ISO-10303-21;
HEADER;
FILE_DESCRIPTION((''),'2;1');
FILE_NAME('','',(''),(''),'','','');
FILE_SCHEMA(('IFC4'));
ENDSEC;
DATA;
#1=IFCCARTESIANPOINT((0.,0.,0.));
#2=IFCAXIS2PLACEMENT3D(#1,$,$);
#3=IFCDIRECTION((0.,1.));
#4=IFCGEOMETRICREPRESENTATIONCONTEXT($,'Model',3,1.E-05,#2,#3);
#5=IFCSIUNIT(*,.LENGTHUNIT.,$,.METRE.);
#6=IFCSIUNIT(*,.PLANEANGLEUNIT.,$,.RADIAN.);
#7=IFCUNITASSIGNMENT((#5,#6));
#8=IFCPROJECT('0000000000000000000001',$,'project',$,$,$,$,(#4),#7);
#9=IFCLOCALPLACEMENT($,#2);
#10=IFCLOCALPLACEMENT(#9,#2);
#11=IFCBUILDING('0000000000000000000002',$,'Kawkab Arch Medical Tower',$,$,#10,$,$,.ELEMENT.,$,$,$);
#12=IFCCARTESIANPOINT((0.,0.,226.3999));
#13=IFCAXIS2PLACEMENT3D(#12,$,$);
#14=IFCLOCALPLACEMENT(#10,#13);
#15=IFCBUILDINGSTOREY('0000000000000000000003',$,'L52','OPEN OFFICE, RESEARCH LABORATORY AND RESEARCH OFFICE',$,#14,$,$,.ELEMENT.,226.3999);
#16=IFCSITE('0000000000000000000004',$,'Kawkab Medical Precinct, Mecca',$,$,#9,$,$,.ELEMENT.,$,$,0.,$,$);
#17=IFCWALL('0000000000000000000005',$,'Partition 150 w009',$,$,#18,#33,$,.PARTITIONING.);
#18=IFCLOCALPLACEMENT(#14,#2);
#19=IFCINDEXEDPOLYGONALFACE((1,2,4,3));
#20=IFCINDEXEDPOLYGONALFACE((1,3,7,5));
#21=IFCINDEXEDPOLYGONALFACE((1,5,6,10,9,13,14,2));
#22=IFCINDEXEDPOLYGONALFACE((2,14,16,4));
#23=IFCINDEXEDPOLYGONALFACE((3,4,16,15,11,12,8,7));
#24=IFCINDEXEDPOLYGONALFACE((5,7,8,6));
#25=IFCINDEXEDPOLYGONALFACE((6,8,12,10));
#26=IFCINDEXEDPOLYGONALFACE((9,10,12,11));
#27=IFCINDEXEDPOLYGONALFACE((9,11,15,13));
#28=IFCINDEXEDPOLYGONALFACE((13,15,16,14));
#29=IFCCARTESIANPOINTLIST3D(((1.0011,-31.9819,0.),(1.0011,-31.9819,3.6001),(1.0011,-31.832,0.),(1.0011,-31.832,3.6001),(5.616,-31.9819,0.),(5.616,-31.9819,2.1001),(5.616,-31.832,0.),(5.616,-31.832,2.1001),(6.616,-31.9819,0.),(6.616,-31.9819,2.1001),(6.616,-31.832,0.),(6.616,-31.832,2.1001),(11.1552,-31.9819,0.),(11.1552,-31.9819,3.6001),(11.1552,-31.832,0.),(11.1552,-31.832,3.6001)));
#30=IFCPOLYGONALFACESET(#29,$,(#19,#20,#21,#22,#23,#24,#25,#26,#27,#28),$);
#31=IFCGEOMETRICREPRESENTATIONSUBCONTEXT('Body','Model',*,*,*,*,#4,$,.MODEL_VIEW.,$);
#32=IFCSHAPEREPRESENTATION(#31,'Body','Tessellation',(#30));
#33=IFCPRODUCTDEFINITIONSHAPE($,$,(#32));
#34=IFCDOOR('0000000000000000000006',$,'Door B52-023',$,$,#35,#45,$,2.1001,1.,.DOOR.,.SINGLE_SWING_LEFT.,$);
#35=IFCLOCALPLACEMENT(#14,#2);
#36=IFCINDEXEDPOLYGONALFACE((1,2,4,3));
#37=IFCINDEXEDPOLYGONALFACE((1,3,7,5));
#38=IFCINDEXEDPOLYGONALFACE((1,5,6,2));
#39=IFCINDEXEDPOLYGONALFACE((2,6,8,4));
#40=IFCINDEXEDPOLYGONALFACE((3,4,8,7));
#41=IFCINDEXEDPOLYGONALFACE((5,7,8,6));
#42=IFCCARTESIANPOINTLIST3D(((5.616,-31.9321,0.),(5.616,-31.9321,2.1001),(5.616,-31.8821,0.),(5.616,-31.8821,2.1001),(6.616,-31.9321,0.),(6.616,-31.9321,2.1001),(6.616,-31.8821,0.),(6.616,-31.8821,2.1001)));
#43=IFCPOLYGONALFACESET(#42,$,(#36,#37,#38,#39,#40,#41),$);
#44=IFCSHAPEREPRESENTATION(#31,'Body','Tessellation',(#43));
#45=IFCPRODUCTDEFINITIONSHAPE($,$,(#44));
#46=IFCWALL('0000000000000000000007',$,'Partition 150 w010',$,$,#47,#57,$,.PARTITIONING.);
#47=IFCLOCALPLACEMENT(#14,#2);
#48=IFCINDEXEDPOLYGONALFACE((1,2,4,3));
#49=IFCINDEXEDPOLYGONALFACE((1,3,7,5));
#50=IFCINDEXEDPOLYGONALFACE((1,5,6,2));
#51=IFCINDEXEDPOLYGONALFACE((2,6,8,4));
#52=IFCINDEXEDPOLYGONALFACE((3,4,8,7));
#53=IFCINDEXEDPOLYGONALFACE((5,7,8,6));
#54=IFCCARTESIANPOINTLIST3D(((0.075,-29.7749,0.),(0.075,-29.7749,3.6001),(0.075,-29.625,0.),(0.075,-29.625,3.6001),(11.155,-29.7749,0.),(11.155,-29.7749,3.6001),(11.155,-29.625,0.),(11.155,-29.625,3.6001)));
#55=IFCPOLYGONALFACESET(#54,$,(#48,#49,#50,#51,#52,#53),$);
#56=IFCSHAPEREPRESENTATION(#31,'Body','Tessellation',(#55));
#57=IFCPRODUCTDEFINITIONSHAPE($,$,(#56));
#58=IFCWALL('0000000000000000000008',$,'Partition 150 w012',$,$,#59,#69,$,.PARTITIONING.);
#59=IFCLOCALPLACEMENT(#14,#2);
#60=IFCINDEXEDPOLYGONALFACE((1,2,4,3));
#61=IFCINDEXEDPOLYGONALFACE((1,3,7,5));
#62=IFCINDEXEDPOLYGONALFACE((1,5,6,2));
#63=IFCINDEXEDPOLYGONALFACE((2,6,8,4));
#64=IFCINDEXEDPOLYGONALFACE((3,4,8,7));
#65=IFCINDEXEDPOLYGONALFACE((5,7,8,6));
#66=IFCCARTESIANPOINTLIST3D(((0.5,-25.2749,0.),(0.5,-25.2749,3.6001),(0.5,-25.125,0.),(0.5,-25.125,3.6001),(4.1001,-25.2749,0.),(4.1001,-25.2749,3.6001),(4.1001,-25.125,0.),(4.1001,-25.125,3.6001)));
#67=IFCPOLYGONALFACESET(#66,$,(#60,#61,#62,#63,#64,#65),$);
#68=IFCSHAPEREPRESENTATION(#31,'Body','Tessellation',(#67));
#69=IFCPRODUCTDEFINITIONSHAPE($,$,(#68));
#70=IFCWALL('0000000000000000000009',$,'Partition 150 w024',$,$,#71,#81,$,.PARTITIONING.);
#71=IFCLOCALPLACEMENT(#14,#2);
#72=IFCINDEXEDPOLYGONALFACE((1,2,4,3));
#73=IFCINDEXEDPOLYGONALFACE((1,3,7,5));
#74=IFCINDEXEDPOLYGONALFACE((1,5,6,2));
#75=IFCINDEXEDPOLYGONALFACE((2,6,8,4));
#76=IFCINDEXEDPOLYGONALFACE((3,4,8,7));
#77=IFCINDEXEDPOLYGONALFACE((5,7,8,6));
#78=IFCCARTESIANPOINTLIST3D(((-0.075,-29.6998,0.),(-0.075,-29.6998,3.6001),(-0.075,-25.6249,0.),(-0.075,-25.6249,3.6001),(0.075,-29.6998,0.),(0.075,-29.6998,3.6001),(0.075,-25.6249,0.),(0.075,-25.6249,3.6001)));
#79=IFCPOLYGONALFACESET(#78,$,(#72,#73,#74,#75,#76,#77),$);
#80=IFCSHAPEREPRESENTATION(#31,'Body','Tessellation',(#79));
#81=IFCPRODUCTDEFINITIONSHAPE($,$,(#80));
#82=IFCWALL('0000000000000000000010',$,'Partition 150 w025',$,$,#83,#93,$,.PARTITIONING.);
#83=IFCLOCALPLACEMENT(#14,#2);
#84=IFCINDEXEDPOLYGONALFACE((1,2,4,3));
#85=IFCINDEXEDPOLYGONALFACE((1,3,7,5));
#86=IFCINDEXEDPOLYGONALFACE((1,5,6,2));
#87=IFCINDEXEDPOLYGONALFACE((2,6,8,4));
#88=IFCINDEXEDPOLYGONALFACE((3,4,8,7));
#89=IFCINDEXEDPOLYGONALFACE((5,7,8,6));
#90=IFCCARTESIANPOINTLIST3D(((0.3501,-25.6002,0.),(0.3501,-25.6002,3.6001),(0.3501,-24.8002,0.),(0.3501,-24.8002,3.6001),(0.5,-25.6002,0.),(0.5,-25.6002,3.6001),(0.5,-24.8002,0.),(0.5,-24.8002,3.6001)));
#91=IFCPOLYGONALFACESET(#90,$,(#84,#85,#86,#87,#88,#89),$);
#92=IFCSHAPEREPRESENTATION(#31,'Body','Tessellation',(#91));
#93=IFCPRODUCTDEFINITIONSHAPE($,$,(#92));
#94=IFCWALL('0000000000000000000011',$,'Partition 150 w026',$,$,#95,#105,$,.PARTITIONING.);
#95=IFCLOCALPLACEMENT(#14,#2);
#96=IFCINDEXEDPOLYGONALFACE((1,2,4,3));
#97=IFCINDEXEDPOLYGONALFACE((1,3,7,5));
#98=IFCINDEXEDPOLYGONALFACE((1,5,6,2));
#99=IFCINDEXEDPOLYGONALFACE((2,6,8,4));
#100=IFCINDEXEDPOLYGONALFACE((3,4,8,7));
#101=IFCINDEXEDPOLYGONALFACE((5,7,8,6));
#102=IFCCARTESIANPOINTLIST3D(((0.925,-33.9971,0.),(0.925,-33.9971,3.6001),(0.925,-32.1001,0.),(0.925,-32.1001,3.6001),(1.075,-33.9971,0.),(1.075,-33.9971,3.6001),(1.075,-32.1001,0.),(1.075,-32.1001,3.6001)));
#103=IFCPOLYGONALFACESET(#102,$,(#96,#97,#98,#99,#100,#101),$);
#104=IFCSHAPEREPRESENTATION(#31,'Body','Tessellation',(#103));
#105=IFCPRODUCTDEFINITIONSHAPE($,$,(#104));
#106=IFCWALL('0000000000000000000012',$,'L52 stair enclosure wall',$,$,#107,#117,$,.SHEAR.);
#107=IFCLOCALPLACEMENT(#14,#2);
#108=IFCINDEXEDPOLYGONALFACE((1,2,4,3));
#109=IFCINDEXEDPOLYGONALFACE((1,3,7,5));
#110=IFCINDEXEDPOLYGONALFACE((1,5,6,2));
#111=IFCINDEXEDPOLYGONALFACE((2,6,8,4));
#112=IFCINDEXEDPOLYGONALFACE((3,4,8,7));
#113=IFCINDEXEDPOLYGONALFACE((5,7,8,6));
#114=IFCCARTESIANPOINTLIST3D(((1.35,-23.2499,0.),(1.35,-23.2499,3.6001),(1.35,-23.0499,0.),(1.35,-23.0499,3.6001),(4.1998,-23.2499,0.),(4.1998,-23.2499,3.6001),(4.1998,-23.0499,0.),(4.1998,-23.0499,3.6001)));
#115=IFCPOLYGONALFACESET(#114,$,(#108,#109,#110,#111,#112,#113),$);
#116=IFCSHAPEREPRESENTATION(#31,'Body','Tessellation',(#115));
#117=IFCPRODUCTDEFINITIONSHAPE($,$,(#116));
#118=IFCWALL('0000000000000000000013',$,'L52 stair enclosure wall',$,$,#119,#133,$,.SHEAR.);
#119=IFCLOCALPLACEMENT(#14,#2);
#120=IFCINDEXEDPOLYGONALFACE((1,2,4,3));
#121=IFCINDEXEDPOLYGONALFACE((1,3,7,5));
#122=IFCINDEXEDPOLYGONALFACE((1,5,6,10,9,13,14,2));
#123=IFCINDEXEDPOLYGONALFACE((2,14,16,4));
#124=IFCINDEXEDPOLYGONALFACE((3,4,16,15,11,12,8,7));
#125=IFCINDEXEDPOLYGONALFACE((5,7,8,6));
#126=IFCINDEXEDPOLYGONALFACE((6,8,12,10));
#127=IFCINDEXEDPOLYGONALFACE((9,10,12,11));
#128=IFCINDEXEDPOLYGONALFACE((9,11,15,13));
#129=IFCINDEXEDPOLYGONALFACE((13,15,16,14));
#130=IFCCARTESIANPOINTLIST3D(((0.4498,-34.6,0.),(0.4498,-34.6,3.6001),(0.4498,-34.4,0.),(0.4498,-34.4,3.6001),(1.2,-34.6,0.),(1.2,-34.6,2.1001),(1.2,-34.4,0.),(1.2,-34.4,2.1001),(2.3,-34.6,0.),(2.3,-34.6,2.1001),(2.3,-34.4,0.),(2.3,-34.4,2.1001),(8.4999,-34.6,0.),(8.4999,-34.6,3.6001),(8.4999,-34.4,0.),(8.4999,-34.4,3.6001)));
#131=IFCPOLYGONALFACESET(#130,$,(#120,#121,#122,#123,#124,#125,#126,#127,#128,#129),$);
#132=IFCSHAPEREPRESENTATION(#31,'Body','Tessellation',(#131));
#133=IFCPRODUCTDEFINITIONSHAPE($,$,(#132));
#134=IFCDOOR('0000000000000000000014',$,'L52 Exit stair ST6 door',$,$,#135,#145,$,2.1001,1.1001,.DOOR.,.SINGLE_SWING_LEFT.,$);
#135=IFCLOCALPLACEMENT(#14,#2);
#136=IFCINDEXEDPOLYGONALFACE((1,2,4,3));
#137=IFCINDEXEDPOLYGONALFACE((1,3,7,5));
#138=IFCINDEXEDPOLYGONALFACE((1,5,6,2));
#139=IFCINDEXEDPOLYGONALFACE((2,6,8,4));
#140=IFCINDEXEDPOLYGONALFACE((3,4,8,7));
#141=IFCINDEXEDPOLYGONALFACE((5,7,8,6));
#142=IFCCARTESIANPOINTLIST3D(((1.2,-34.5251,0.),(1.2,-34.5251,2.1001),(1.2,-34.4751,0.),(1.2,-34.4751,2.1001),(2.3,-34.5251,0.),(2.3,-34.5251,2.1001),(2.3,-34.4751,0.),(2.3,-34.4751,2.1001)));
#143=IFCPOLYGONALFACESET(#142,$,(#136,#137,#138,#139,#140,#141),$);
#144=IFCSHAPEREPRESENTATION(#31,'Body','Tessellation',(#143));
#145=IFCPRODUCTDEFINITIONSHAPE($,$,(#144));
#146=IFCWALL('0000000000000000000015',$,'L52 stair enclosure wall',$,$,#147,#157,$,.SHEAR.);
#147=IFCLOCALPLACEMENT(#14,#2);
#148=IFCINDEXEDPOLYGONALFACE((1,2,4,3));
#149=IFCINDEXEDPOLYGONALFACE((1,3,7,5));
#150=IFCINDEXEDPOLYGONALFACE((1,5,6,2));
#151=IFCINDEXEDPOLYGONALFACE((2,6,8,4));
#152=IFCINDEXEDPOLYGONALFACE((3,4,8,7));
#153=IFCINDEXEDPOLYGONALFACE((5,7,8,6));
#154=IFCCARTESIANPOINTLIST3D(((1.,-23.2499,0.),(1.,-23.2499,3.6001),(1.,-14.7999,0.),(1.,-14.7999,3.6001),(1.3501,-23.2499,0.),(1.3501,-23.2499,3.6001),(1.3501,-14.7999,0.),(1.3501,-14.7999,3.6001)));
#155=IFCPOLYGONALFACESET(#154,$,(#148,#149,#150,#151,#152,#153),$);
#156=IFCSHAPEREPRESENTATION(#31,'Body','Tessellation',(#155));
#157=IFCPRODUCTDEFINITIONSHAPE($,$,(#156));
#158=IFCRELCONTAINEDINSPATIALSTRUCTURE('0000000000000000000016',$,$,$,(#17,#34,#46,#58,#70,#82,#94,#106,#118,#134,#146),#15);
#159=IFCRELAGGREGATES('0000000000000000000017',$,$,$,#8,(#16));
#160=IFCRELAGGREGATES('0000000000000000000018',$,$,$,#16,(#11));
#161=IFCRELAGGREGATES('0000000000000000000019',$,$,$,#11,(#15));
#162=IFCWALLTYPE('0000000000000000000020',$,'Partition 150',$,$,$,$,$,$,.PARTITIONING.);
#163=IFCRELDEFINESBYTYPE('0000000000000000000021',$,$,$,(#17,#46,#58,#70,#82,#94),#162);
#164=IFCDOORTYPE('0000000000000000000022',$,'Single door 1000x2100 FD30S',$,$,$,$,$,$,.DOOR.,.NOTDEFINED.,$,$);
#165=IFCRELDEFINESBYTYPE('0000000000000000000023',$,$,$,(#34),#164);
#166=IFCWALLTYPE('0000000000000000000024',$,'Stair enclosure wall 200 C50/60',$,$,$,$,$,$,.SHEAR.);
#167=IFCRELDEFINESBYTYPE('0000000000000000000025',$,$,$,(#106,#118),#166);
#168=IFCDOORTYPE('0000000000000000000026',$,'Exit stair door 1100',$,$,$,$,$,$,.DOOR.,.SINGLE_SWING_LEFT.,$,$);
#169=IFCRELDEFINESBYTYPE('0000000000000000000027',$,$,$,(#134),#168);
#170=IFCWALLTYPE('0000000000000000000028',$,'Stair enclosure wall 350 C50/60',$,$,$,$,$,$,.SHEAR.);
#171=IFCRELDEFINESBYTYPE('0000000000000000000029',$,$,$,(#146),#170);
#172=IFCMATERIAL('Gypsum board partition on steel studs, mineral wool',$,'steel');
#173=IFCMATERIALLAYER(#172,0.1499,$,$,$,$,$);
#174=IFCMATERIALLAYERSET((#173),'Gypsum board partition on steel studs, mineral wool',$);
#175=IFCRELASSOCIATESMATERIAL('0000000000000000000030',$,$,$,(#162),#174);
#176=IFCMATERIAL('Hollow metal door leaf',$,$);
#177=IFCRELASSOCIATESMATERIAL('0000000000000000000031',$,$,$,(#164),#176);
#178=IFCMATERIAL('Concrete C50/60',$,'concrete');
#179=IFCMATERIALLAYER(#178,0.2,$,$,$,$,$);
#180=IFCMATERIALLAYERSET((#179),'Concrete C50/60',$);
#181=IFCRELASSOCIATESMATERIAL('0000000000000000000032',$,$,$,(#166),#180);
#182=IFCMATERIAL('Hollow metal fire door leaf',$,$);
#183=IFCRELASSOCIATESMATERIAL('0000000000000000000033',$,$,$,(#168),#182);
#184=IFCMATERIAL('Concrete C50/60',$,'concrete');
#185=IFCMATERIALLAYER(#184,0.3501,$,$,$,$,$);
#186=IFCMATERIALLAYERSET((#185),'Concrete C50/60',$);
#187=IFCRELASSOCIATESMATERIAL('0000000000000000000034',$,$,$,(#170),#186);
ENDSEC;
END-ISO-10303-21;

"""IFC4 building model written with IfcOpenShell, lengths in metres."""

from ifc_helpers import new_model, si_unit, direction, frame, frame_2d, origin, place, context, subcontext, project, spatial, rectangle, extrude, material, layer, layer_set, type_object, element, fill, save


model = new_model("IFC4")

# Units and contexts
model_context = context("Model", 3, precision=1e-05, world=origin(), true_north=direction((0.0, 1.0)))
body_context = subcontext(model_context, "Body", "Model", "MODEL_VIEW")
ifc_project = project(units=[si_unit("LENGTHUNIT", "METRE"), si_unit("PLANEANGLEUNIT", "RADIAN")], contexts=[model_context])

# Site, building, storey
site_placement = place(None, origin())
site = spatial("IfcSite", under=ifc_project, at=site_placement, Name="Kawkab Medical Precinct, Mecca", CompositionType="ELEMENT", RefElevation=0.0)
building_placement = place(site_placement, origin())
building = spatial("IfcBuilding", under=site, at=building_placement, Name="Kawkab Arch Medical Tower", CompositionType="ELEMENT")
storey_placement = place(building_placement, frame((0.0, 0.0, 226.3999)))
storey = spatial("IfcBuildingStorey", under=building, at=storey_placement, Name="L52", Description="OPEN OFFICE, RESEARCH LABORATORY AND RESEARCH OFFICE", CompositionType="ELEMENT", Elevation=226.3999)

# Shared definitions
ifc_material_1 = material(Name="Gypsum board partition on steel studs, mineral wool", Category="steel")
ifc_layer_1 = layer(ifc_material_1, 0.1499)
ifc_layer_set_1 = layer_set([ifc_layer_1], Name="Gypsum board partition on steel studs, mineral wool")
wall_type_1 = type_object("IfcWallType", Name="Partition 150", PredefinedType="PARTITIONING", material=ifc_layer_set_1)

# Wall, opening, door
wall_1_placement = place(storey_placement, frame((1.001, -31.907, 0.0), z_axis=(0.0, 0.0, 1.0), x_axis=(1.0, 0.0, 0.0)))
wall_1 = element("IfcWall", 1, at=wall_1_placement, inside=storey, type_object=wall_type_1, Name="Partition 150 w009", PredefinedType="PARTITIONING", context=body_context, shape_type="SweptSolid", body=[
    extrude(rectangle(XDim=10.1541, YDim=0.1499, at=frame_2d((5.0771, 0.0))), origin(), (0.0, 0.0, 1.0), 3.6001),
])
opening_1_placement = place(wall_1_placement, frame((4.615, 0.0, 0.0)))
opening_1 = element("IfcOpeningElement", 2, at=opening_1_placement, cuts=wall_1, PredefinedType="OPENING", context=body_context, shape_type="SweptSolid", body=[
    extrude(rectangle(XDim=1.0, YDim=2.1001, at=frame_2d((0.5, 1.05))), frame((0.0, 0.085, 0.0), z_axis=(0.0, -1.0, 0.0), x_axis=(1.0, 0.0, 0.0)), (0.0, 0.0, 1.0), 0.1699),
])
ifc_material_2 = material(Name="Hollow metal door leaf")
door_type_1 = type_object("IfcDoorType", Name="Single door 1000x2100 FD30S", OperationType="NOTDEFINED", PredefinedType="DOOR", material=ifc_material_2)
door_1_placement = place(opening_1_placement, origin())
door_1 = element("IfcDoor", 3, at=door_1_placement, inside=storey, type_object=door_type_1, Name="Door B52-023", OperationType="SINGLE_SWING_LEFT", OverallHeight=2.1001, OverallWidth=1.0, PredefinedType="DOOR", context=body_context, shape_type="SweptSolid", body=[
    extrude(rectangle(XDim=1.0, YDim=2.1001, at=frame_2d((0.5, 1.05))), frame((0.0, 0.0249, 0.0), z_axis=(0.0, -1.0, 0.0), x_axis=(1.0, 0.0, 0.0)), (0.0, 0.0, 1.0), 0.05),
])
fill(opening_1, door_1)

# Walls
wall_2_placement = place(storey_placement, frame((0.075, -29.7, 0.0), z_axis=(0.0, 0.0, 1.0), x_axis=(1.0, 0.0, 0.0)))
element("IfcWall", 4, at=wall_2_placement, inside=storey, type_object=wall_type_1, Name="Partition 150 w010", PredefinedType="PARTITIONING", context=body_context, shape_type="SweptSolid", body=[
    extrude(rectangle(XDim=11.0801, YDim=0.1499, at=frame_2d((5.54, 0.0))), origin(), (0.0, 0.0, 1.0), 3.6001),
])
wall_3_placement = place(storey_placement, frame((0.5, -25.2, 0.0), z_axis=(0.0, 0.0, 1.0), x_axis=(1.0, 0.0, 0.0)))
element("IfcWall", 5, at=wall_3_placement, inside=storey, type_object=wall_type_1, Name="Partition 150 w012", PredefinedType="PARTITIONING", context=body_context, shape_type="SweptSolid", body=[
    extrude(rectangle(XDim=3.6001, YDim=0.1499, at=frame_2d((1.8, 0.0))), origin(), (0.0, 0.0, 1.0), 3.6001),
])
wall_4_placement = place(storey_placement, frame((0.0, -29.7, 0.0), z_axis=(0.0, 0.0, 1.0), x_axis=(0.0, 1.0, 0.0)))
element("IfcWall", 6, at=wall_4_placement, inside=storey, type_object=wall_type_1, Name="Partition 150 w024", PredefinedType="PARTITIONING", context=body_context, shape_type="SweptSolid", body=[
    extrude(rectangle(XDim=4.075, YDim=0.1499, at=frame_2d((2.0376, 0.0))), origin(), (0.0, 0.0, 1.0), 3.6001),
])
wall_5_placement = place(storey_placement, frame((0.425, -25.6001, 0.0), z_axis=(0.0, 0.0, 1.0), x_axis=(0.0, 1.0, 0.0)))
element("IfcWall", 7, at=wall_5_placement, inside=storey, type_object=wall_type_1, Name="Partition 150 w025", PredefinedType="PARTITIONING", context=body_context, shape_type="SweptSolid", body=[
    extrude(rectangle(XDim=0.8, YDim=0.1499, at=frame_2d((0.3999, 0.0))), origin(), (0.0, 0.0, 1.0), 3.6001),
])
wall_6_placement = place(storey_placement, frame((1.0, -33.9971, 0.0), z_axis=(0.0, 0.0, 1.0), x_axis=(0.0, 1.0, 0.0)))
element("IfcWall", 8, at=wall_6_placement, inside=storey, type_object=wall_type_1, Name="Partition 150 w026", PredefinedType="PARTITIONING", context=body_context, shape_type="SweptSolid", body=[
    extrude(rectangle(XDim=1.897, YDim=0.1499, at=frame_2d((0.9485, 0.0))), origin(), (0.0, 0.0, 1.0), 3.6001),
])
ifc_material_3 = material(Name="Concrete C50/60", Category="concrete")
ifc_layer_2 = layer(ifc_material_3, 0.2)
ifc_layer_set_2 = layer_set([ifc_layer_2], Name="Concrete C50/60")
wall_type_2 = type_object("IfcWallType", Name="Stair enclosure wall 200 C50/60", PredefinedType="SHEAR", material=ifc_layer_set_2)
wall_7_placement = place(storey_placement, frame((1.3501, -23.1499, 0.0), z_axis=(0.0, 0.0, 1.0), x_axis=(1.0, 0.0, 0.0)))
element("IfcWall", 9, at=wall_7_placement, inside=storey, type_object=wall_type_2, Name="L52 stair enclosure wall", PredefinedType="SHEAR", context=body_context, shape_type="SweptSolid", body=[
    extrude(rectangle(XDim=2.8499, YDim=0.2, at=frame_2d((1.4248, 0.0))), origin(), (0.0, 0.0, 1.0), 3.6001),
])

# Wall, opening, door
wall_8_placement = place(storey_placement, frame((0.45, -34.5, 0.0), z_axis=(0.0, 0.0, 1.0), x_axis=(1.0, 0.0, 0.0)))
wall_8 = element("IfcWall", 10, at=wall_8_placement, inside=storey, type_object=wall_type_2, Name="L52 stair enclosure wall", PredefinedType="SHEAR", context=body_context, shape_type="SweptSolid", body=[
    extrude(rectangle(XDim=8.05, YDim=0.2, at=frame_2d((4.0249, 0.0))), origin(), (0.0, 0.0, 1.0), 3.6001),
])
opening_2_placement = place(wall_8_placement, frame((0.75, 0.0, 0.0)))
opening_2 = element("IfcOpeningElement", 11, at=opening_2_placement, cuts=wall_8, PredefinedType="OPENING", context=body_context, shape_type="SweptSolid", body=[
    extrude(rectangle(XDim=1.1001, YDim=2.1001, at=frame_2d((0.55, 1.05))), frame((0.0, 0.1099, 0.0), z_axis=(0.0, -1.0, 0.0), x_axis=(1.0, 0.0, 0.0)), (0.0, 0.0, 1.0), 0.22),
])
ifc_material_4 = material(Name="Hollow metal fire door leaf")
door_type_2 = type_object("IfcDoorType", Name="Exit stair door 1100", OperationType="SINGLE_SWING_LEFT", PredefinedType="DOOR", material=ifc_material_4)
door_2_placement = place(opening_2_placement, origin())
door_2 = element("IfcDoor", 12, at=door_2_placement, inside=storey, type_object=door_type_2, Name="L52 Exit stair ST6 door", OperationType="SINGLE_SWING_LEFT", OverallHeight=2.1001, OverallWidth=1.1001, PredefinedType="DOOR", context=body_context, shape_type="SweptSolid", body=[
    extrude(rectangle(XDim=1.1001, YDim=2.1001, at=frame_2d((0.55, 1.05))), frame((0.0, 0.0249, 0.0), z_axis=(0.0, -1.0, 0.0), x_axis=(1.0, 0.0, 0.0)), (0.0, 0.0, 1.0), 0.05),
])
fill(opening_2, door_2)

# Wall
ifc_material_5 = material(Name="Concrete C50/60", Category="concrete")
ifc_layer_3 = layer(ifc_material_5, 0.3501)
ifc_layer_set_3 = layer_set([ifc_layer_3], Name="Concrete C50/60")
wall_type_3 = type_object("IfcWallType", Name="Stair enclosure wall 350 C50/60", PredefinedType="SHEAR", material=ifc_layer_set_3)
wall_9_placement = place(storey_placement, frame((1.175, -23.25, 0.0), z_axis=(0.0, 0.0, 1.0), x_axis=(0.0, 1.0, 0.0)))
element("IfcWall", 13, at=wall_9_placement, inside=storey, type_object=wall_type_3, Name="L52 stair enclosure wall", PredefinedType="SHEAR", context=body_context, shape_type="SweptSolid", body=[
    extrude(rectangle(XDim=8.45, YDim=0.3501, at=frame_2d((4.2251, 0.0))), origin(), (0.0, 0.0, 1.0), 3.6001),
])

save(model, "model.ifc")
